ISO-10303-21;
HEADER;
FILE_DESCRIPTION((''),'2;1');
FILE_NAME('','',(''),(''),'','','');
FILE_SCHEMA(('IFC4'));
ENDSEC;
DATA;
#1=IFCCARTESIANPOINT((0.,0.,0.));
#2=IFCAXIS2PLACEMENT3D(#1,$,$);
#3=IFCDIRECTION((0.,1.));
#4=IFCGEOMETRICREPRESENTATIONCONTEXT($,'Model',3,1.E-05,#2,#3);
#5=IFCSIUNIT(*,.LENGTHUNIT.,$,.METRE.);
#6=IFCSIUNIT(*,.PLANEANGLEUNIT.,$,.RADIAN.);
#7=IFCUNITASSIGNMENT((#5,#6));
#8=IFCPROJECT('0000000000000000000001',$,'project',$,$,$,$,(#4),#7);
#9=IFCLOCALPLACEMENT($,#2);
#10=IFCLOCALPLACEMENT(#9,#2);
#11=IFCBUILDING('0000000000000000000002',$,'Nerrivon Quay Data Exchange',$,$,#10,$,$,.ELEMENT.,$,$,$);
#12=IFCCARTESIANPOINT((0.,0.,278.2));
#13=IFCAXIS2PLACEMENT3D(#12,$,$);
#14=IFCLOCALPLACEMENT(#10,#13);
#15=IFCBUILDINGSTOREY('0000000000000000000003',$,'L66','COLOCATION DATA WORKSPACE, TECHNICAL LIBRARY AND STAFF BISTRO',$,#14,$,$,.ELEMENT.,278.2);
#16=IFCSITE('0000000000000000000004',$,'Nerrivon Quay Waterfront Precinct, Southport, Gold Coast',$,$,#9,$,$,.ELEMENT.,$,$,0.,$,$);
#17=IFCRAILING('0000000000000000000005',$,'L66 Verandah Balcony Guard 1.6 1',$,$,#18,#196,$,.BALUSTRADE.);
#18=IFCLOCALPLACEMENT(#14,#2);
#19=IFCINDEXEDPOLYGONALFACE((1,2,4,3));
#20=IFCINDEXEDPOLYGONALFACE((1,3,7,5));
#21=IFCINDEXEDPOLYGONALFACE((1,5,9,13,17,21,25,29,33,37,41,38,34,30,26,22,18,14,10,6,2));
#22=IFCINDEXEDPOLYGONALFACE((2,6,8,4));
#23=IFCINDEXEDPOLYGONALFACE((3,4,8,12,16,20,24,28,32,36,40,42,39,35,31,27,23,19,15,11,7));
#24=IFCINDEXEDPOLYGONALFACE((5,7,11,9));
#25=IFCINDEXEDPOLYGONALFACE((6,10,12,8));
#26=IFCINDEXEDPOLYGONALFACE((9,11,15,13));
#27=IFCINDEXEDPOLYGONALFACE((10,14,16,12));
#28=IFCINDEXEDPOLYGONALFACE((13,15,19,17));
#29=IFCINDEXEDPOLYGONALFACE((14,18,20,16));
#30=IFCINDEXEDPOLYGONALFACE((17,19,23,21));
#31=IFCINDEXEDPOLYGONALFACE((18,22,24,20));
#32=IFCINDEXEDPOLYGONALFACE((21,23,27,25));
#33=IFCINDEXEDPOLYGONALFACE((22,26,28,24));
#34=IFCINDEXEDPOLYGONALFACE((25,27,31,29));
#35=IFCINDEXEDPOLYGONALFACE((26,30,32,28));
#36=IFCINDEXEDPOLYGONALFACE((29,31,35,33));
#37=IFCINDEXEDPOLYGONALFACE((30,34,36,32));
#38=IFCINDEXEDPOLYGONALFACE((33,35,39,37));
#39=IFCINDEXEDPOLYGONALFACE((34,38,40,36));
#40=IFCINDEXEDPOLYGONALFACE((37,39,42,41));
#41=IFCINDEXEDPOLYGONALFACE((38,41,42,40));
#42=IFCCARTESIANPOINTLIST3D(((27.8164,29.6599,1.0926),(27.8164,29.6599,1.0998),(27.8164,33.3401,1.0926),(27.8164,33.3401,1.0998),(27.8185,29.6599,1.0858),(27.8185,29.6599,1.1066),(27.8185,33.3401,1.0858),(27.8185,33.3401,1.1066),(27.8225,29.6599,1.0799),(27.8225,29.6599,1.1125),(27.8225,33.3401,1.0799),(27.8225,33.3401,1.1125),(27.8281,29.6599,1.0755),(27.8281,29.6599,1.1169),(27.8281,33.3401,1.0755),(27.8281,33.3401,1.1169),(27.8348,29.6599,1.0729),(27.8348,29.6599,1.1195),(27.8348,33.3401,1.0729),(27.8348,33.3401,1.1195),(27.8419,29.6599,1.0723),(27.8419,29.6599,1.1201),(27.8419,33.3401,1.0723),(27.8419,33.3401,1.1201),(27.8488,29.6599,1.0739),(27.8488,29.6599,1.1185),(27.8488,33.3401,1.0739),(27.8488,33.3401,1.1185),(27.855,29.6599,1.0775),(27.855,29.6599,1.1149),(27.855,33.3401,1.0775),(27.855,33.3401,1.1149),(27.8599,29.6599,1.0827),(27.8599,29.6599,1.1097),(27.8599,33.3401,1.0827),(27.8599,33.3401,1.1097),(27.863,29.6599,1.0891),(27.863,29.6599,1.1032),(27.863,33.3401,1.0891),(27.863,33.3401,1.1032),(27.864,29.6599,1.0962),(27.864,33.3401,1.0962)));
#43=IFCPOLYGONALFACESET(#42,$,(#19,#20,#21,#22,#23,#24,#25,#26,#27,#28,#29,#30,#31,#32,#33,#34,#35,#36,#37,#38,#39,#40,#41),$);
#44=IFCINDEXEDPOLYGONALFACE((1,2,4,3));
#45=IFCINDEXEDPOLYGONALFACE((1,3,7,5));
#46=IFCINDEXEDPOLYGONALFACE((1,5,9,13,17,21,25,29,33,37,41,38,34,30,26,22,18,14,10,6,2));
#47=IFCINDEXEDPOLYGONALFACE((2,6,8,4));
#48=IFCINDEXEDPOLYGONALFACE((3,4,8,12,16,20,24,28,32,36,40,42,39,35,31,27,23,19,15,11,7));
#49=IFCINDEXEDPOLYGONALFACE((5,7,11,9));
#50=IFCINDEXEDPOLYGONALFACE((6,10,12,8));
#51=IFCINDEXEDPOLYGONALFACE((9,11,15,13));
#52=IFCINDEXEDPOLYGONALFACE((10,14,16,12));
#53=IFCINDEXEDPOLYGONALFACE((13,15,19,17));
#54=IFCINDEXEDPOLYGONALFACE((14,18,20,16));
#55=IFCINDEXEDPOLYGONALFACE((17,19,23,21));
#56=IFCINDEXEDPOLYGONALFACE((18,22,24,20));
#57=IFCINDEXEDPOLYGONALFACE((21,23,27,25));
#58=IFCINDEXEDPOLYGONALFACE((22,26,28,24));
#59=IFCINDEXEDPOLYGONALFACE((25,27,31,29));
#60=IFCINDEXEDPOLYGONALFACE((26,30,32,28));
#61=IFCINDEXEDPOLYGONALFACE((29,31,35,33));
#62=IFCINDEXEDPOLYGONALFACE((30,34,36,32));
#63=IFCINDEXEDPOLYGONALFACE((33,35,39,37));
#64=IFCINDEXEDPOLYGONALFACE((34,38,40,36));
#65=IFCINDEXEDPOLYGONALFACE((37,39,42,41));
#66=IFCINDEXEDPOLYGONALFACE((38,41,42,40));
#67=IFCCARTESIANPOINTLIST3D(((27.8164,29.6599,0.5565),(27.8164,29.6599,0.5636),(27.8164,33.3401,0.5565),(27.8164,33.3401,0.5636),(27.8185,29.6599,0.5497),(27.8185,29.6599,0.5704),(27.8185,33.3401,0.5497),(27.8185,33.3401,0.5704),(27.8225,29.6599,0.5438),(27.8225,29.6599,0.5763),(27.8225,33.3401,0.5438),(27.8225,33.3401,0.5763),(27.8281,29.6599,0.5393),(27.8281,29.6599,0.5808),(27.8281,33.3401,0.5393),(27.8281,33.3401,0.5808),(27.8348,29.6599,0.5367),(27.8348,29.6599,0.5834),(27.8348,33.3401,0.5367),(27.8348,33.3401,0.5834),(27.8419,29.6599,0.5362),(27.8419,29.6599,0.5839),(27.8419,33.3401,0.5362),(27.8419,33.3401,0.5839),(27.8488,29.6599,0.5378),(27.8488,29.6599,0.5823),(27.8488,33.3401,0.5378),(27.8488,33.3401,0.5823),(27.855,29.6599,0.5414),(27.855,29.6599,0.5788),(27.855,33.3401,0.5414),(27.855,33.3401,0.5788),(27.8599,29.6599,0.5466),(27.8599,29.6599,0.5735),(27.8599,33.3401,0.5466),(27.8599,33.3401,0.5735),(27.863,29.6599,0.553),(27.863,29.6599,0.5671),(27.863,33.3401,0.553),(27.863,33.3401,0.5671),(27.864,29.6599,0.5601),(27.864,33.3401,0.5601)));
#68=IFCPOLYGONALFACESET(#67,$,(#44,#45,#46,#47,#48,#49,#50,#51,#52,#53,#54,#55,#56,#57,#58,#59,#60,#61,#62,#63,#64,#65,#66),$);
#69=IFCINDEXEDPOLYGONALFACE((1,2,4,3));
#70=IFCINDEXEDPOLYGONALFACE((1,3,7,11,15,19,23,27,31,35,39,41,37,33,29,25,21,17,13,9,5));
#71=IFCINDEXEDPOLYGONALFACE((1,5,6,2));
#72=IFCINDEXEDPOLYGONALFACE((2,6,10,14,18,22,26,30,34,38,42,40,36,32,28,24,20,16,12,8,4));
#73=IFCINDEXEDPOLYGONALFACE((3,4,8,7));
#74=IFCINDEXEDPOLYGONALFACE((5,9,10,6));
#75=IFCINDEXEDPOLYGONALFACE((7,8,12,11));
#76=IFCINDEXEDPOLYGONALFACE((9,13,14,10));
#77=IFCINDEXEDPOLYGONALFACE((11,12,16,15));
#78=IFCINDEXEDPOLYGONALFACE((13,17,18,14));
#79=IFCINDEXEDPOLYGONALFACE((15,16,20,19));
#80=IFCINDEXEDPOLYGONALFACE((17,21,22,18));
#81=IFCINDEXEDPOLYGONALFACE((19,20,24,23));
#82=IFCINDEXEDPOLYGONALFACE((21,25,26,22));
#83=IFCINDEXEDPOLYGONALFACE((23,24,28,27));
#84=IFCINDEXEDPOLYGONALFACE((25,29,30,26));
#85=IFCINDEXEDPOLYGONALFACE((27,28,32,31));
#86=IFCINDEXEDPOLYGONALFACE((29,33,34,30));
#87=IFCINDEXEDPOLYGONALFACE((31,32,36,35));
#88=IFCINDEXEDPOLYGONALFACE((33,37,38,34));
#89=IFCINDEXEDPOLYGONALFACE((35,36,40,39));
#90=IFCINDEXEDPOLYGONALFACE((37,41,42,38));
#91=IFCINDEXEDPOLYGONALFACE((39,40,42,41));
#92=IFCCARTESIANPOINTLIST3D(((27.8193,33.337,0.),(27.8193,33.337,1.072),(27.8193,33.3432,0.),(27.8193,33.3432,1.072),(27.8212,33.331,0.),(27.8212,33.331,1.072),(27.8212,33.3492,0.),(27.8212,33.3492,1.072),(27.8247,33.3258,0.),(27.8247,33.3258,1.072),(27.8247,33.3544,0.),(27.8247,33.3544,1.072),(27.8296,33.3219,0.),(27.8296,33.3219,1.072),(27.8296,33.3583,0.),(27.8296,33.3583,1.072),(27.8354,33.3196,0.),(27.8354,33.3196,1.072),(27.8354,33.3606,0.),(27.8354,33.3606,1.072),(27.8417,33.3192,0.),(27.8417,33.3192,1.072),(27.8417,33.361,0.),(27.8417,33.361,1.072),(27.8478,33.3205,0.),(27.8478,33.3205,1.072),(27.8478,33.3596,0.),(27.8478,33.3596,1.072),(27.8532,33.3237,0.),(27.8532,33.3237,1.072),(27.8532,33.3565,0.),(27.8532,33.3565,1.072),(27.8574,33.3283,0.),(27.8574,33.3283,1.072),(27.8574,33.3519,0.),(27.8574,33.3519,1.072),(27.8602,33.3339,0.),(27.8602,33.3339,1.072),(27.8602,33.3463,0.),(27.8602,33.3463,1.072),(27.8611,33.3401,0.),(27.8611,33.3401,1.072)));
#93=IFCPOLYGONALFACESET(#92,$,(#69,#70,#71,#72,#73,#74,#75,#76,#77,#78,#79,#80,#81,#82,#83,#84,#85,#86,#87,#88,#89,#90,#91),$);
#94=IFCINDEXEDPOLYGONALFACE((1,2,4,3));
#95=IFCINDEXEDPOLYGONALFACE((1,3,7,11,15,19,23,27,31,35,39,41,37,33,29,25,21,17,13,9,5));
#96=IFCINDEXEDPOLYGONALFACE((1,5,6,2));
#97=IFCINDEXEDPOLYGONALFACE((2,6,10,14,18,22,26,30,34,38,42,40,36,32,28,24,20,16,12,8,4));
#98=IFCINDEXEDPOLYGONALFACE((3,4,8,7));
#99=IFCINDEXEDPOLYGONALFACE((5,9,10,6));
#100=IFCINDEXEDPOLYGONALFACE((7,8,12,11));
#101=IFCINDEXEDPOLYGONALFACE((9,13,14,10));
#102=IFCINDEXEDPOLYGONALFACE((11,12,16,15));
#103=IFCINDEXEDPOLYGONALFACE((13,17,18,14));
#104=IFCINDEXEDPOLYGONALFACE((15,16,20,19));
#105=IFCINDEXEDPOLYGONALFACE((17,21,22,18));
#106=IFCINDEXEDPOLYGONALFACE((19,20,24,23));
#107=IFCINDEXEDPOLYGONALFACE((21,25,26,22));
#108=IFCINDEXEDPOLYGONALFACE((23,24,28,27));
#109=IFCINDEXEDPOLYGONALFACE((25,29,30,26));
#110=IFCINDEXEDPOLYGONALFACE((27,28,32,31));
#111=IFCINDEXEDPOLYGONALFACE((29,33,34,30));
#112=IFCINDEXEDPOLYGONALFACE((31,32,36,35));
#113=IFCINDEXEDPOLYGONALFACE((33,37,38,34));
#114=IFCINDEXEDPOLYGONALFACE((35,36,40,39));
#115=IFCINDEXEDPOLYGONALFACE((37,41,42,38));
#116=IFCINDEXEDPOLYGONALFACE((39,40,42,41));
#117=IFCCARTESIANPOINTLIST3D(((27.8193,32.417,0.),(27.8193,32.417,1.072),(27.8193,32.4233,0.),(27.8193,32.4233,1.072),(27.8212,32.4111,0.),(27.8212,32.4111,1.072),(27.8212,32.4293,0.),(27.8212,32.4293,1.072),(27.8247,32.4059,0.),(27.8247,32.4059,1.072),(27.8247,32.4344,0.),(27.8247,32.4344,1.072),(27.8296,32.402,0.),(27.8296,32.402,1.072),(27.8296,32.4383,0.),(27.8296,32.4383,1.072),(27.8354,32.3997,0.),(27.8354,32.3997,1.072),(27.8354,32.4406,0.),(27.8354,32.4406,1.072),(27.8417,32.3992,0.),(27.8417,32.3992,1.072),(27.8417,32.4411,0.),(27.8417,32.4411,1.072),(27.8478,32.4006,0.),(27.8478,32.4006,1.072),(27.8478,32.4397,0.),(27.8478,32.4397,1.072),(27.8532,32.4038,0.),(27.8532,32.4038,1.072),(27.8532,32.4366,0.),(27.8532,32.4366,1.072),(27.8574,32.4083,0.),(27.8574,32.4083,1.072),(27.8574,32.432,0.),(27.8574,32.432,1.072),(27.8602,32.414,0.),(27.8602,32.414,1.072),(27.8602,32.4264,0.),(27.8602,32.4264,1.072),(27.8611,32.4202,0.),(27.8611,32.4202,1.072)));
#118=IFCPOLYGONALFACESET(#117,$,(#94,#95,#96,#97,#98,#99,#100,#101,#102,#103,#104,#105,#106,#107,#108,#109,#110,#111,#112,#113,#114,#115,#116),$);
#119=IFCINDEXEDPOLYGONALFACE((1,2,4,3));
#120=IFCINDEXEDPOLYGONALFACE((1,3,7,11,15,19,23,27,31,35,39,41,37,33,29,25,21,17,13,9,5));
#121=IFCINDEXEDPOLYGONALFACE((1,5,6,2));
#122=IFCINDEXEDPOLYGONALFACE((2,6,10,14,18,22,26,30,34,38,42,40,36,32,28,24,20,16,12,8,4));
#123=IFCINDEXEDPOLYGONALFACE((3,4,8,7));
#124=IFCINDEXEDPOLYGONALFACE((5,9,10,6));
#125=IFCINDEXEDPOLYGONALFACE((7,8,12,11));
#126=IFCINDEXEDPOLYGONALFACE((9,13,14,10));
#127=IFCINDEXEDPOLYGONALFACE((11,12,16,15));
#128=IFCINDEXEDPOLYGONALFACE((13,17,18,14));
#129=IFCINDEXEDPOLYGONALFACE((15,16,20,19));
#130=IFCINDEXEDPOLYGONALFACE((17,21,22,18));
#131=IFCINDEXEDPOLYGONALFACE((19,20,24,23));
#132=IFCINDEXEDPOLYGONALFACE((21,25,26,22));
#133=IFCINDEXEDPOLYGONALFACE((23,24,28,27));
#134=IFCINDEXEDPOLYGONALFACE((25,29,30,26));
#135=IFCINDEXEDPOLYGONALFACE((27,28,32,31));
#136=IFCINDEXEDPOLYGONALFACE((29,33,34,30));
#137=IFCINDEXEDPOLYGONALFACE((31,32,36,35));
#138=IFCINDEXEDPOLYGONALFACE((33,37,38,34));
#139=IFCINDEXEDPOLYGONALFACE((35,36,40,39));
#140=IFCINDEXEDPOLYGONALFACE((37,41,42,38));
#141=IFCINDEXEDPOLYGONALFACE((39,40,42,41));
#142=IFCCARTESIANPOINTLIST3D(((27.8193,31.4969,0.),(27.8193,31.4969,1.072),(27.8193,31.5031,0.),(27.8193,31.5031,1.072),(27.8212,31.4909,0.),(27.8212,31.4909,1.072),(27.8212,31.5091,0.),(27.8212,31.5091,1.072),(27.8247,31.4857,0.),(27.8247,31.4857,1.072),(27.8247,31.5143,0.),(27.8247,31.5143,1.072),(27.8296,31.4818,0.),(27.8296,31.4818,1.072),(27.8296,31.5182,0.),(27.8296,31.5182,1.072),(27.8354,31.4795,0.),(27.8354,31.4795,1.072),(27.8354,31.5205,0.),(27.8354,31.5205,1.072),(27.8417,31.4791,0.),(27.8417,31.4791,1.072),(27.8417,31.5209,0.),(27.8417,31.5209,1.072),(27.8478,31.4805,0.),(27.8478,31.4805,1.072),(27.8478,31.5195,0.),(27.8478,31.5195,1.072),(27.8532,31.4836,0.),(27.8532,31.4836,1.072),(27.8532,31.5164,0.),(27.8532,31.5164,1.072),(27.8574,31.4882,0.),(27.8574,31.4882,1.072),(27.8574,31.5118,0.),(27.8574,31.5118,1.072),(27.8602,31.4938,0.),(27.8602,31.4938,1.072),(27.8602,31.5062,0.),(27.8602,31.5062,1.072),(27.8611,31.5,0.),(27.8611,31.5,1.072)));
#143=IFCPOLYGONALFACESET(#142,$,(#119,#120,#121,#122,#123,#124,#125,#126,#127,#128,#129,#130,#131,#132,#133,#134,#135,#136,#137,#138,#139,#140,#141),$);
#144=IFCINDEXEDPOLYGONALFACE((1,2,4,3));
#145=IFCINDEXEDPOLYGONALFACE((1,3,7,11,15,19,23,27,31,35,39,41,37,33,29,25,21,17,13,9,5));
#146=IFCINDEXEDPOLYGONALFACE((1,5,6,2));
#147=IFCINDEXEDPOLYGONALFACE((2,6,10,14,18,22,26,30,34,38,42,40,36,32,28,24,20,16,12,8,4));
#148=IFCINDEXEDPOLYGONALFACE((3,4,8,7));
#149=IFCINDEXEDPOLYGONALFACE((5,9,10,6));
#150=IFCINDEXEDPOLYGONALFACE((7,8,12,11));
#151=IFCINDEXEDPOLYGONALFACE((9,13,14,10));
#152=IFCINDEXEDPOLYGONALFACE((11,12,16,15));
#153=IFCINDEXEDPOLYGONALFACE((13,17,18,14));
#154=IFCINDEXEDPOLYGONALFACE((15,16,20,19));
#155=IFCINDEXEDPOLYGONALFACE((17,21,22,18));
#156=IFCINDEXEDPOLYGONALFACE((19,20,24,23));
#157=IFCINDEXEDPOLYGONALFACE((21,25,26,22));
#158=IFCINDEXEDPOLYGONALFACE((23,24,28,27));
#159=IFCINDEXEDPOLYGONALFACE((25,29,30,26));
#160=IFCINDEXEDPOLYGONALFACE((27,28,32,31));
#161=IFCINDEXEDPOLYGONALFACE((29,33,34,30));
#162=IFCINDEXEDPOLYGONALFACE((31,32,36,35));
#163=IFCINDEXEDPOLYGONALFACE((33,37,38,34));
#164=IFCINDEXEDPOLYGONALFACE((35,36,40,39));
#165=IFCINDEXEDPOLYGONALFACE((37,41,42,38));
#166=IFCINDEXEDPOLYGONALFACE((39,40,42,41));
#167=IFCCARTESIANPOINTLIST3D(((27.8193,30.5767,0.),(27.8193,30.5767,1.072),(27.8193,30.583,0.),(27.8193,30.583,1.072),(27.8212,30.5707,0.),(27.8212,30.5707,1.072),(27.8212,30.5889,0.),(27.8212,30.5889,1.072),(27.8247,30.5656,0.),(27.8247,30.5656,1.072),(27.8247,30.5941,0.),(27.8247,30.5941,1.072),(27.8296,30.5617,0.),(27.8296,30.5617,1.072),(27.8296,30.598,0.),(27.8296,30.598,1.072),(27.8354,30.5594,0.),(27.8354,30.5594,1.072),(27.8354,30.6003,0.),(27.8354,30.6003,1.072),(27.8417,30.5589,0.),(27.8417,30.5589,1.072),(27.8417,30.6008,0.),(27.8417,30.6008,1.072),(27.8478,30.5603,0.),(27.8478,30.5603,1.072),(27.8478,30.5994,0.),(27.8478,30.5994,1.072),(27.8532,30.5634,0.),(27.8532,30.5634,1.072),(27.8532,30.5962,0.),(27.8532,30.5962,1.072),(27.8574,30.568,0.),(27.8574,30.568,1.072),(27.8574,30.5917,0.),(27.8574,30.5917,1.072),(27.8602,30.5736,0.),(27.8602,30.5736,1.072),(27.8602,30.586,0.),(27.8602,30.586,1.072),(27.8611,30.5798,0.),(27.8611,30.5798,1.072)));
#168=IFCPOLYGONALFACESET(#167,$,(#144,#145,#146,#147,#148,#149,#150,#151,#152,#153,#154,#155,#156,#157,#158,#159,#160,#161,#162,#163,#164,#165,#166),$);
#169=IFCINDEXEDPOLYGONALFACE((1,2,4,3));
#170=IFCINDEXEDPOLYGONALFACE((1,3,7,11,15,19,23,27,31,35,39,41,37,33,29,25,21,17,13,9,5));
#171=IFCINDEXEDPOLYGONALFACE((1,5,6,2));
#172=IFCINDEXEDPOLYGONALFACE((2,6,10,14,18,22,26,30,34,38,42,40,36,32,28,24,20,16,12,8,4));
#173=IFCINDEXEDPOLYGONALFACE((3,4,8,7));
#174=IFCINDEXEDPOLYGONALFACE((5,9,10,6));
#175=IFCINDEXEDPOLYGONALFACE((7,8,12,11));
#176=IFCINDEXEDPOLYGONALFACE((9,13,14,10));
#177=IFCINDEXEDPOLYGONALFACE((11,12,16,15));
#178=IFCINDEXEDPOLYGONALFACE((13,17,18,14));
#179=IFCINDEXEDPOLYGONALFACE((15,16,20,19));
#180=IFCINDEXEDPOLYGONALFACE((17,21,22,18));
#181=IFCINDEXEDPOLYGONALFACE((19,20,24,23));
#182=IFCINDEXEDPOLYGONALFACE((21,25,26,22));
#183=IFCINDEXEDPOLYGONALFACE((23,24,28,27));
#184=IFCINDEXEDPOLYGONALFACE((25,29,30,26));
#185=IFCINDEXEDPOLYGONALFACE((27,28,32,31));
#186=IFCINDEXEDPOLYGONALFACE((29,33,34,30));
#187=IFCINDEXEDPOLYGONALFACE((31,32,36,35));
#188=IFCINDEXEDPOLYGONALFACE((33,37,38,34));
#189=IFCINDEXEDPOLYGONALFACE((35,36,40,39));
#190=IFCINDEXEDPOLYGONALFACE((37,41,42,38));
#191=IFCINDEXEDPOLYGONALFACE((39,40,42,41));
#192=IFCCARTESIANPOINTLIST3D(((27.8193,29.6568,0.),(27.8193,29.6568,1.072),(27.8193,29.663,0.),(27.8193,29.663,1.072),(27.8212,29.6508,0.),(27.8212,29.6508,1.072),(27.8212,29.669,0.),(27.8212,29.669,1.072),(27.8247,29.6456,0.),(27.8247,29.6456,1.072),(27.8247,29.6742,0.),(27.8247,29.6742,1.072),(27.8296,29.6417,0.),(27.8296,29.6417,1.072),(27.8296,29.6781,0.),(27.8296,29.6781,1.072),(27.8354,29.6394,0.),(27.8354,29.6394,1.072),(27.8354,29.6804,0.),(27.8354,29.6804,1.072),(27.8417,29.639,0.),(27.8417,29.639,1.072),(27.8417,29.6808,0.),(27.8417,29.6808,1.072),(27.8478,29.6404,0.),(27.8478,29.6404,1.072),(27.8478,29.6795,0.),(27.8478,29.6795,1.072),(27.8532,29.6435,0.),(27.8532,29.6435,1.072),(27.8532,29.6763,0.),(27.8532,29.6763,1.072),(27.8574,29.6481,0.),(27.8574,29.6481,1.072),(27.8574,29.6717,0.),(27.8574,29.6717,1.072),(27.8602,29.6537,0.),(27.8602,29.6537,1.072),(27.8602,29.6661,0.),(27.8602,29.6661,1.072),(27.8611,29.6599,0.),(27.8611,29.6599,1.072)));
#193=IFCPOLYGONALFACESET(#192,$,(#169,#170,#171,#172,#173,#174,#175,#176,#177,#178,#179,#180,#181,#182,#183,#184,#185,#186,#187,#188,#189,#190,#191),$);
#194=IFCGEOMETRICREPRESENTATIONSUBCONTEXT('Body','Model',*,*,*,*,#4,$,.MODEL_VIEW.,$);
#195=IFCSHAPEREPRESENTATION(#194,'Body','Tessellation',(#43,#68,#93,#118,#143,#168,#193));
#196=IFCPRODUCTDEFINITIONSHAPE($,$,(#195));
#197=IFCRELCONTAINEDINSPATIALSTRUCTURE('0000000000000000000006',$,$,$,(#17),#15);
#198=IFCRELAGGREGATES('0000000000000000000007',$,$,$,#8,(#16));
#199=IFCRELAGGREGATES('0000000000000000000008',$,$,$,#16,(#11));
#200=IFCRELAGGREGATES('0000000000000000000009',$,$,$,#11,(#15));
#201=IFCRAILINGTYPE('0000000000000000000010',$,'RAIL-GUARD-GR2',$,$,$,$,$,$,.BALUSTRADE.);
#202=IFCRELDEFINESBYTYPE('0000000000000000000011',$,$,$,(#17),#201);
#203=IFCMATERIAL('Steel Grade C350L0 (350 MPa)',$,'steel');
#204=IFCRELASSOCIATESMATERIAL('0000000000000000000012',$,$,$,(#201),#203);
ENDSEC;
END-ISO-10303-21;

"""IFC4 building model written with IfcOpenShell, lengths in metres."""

from ifc_helpers import new_model, si_unit, direction, frame, origin, origin_2d, place, context, subcontext, project, spatial, circle, extrude, material, type_object, element, save


model = new_model("IFC4")

# Units and contexts
model_context = context("Model", 3, precision=1e-05, world=origin(), true_north=direction((0.0, 1.0)))
body_context = subcontext(model_context, "Body", "Model", "MODEL_VIEW")
ifc_project = project(units=[si_unit("LENGTHUNIT", "METRE"), si_unit("PLANEANGLEUNIT", "RADIAN")], contexts=[model_context])

# Site, building, storey
site_placement = place(None, origin())
site = spatial("IfcSite", under=ifc_project, at=site_placement, Name="Nerrivon Quay Waterfront Precinct, Southport, Gold Coast", CompositionType="ELEMENT", RefElevation=0.0)
building_placement = place(site_placement, origin())
building = spatial("IfcBuilding", under=site, at=building_placement, Name="Nerrivon Quay Data Exchange", CompositionType="ELEMENT")
storey_placement = place(building_placement, frame((0.0, 0.0, 278.2)))
storey = spatial("IfcBuildingStorey", under=building, at=storey_placement, Name="L66", Description="COLOCATION DATA WORKSPACE, TECHNICAL LIBRARY AND STAFF BISTRO", CompositionType="ELEMENT", Elevation=278.2)

# Shared definitions
ifc_material_1 = material(Name="Steel Grade C350L0 (350 MPa)", Category="steel")

# Railing
railing_type = type_object("IfcRailingType", Name="RAIL-GUARD-GR2", PredefinedType="BALUSTRADE", material=ifc_material_1)
railing_1_placement = place(storey_placement, frame((27.8401, 33.3401, 0.0)))
element("IfcRailing", 1, at=railing_1_placement, inside=storey, type_object=railing_type, Name="L66 Verandah Balcony Guard 1.6 1", PredefinedType="BALUSTRADE", context=body_context, shape_type="SweptSolid", body=[
    extrude(circle(Radius=0.0239, at=origin_2d()), frame((0.0, 0.0, 1.0962), z_axis=(0.0, -1.0, 0.0), x_axis=(1.0, 0.0, 0.0)), (0.0, 0.0, 1.0), 3.6802),
    extrude(circle(Radius=0.0239, at=origin_2d()), frame((0.0, 0.0, 0.5601), z_axis=(0.0, -1.0, 0.0), x_axis=(1.0, 0.0, 0.0)), (0.0, 0.0, 1.0), 3.6802),
    extrude(circle(Radius=0.021, at=origin_2d()), origin(), (0.0, 0.0, 1.0), 1.072),
    extrude(circle(Radius=0.021, at=origin_2d()), frame((0.0, -0.9199, 0.0)), (0.0, 0.0, 1.0), 1.072),
    extrude(circle(Radius=0.021, at=origin_2d()), frame((0.0, -1.8401, 0.0)), (0.0, 0.0, 1.0), 1.072),
    extrude(circle(Radius=0.021, at=origin_2d()), frame((0.0, -2.7603, 0.0)), (0.0, 0.0, 1.0), 1.072),
    extrude(circle(Radius=0.021, at=origin_2d()), frame((0.0, -3.6802, 0.0)), (0.0, 0.0, 1.0), 1.072),
])

save(model, "model.ifc")
